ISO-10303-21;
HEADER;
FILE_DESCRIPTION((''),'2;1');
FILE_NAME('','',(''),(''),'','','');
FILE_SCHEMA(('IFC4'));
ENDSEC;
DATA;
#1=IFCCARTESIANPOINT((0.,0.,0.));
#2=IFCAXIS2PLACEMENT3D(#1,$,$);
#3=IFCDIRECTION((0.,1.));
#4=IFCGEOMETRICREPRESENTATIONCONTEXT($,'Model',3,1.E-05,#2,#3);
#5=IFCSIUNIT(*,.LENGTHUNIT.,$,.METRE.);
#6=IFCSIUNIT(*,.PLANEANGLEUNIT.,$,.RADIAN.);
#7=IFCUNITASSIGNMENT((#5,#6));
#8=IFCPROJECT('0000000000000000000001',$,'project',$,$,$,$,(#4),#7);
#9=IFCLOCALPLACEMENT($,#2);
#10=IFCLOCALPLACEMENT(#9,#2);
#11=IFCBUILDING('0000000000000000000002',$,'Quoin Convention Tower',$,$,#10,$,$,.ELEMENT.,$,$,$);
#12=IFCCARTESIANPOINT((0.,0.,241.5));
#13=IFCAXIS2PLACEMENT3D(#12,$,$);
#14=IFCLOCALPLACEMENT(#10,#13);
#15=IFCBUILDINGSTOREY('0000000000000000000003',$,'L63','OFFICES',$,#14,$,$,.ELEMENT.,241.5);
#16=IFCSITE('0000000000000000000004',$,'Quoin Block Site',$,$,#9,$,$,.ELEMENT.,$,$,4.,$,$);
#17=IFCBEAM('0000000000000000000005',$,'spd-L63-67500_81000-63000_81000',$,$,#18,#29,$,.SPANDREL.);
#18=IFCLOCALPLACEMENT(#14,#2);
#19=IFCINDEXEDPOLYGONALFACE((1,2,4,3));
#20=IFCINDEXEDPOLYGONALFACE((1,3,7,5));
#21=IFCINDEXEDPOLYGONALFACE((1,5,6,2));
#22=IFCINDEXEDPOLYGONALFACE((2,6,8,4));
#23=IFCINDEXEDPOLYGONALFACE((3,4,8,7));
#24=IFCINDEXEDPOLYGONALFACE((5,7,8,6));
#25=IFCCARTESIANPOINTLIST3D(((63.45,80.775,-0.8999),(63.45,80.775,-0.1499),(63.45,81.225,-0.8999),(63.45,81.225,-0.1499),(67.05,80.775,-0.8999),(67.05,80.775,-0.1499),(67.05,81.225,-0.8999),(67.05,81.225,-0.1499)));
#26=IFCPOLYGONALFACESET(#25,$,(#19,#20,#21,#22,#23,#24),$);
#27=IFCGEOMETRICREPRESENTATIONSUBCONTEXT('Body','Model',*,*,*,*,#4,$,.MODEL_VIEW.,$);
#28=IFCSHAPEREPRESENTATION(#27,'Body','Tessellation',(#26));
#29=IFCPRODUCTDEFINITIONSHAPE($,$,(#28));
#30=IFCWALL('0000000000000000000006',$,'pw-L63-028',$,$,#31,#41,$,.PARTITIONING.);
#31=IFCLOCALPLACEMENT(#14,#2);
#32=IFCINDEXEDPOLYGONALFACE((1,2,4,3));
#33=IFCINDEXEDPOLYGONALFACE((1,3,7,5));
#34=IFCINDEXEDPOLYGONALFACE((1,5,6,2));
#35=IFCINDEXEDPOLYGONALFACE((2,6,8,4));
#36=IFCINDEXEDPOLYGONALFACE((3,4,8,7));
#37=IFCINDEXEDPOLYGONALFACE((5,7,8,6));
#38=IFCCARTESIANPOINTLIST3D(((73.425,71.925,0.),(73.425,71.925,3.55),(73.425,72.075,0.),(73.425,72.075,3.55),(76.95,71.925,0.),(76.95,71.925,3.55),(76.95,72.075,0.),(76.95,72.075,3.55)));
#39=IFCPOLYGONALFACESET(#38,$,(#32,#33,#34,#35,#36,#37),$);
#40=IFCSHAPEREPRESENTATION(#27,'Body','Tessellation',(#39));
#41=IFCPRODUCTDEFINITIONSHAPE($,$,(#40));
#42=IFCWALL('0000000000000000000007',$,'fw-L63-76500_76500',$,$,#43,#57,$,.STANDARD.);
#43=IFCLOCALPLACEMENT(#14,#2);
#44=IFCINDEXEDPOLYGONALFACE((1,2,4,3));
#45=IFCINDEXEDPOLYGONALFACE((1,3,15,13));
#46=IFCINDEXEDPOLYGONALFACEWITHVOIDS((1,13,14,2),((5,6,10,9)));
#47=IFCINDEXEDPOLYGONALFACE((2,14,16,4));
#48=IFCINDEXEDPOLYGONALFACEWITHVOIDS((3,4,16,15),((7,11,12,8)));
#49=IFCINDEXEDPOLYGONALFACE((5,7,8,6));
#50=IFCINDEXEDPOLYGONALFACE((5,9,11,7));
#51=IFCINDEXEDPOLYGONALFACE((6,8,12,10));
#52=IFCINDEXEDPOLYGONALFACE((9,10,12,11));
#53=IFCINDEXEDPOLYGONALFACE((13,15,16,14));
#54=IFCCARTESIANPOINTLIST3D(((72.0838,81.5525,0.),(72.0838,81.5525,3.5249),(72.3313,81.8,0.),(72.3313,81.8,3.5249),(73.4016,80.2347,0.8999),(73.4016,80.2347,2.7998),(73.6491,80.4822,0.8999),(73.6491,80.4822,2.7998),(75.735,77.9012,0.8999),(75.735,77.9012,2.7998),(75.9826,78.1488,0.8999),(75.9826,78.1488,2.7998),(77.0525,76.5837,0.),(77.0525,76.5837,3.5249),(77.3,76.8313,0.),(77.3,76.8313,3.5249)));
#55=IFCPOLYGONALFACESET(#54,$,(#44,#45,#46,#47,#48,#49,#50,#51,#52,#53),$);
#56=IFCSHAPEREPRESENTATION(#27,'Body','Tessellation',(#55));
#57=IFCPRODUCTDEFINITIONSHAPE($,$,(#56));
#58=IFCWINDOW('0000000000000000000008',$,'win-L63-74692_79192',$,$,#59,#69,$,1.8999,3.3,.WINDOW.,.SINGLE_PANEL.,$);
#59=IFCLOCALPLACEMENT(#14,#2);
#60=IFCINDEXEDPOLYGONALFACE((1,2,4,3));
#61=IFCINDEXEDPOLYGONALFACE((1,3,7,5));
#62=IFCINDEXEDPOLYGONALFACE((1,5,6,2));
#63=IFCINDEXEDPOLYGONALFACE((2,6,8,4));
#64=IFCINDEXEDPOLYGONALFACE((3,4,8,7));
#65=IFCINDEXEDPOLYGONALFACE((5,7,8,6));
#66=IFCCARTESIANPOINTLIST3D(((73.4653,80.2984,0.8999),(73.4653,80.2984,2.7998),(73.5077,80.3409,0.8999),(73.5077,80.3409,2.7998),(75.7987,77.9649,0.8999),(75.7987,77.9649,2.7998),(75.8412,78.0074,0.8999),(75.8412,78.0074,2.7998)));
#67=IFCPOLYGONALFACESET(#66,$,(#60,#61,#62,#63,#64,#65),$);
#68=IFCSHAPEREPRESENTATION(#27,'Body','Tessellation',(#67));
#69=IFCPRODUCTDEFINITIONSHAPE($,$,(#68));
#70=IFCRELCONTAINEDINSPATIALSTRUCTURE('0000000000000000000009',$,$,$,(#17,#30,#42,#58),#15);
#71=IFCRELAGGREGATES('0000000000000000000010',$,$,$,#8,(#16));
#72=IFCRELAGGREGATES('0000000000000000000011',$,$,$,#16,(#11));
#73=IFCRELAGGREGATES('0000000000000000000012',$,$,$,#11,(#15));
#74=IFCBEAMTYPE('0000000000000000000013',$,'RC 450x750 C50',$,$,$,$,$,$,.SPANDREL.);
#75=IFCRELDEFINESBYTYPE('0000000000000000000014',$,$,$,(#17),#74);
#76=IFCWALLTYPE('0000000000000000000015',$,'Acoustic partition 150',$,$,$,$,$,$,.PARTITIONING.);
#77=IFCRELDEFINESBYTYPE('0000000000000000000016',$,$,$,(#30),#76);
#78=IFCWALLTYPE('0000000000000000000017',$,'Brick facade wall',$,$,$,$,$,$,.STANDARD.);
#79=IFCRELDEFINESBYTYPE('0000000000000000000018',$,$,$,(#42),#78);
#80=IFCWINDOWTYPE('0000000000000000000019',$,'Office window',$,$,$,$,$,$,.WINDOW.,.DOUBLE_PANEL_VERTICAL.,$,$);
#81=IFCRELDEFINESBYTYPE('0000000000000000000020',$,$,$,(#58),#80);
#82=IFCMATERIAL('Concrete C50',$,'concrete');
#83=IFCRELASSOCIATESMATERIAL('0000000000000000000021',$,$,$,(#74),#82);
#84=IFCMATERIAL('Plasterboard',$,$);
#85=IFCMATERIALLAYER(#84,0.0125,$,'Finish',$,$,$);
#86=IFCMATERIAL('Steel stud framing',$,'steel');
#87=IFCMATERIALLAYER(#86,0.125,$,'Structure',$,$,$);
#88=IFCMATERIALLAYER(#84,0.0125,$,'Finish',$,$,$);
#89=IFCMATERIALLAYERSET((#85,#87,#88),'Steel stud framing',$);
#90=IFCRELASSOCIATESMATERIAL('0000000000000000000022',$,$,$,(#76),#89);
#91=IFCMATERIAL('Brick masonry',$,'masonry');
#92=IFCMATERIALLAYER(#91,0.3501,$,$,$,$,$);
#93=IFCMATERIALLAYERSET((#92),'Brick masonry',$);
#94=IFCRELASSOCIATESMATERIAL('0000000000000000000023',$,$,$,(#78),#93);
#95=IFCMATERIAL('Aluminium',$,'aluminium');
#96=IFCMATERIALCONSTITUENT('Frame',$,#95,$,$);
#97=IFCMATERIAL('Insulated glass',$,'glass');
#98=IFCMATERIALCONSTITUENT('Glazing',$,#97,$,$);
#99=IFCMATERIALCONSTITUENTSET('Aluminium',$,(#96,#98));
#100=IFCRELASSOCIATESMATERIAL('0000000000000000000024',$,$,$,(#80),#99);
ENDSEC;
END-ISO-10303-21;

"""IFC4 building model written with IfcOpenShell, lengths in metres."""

from ifc_helpers import new_model, si_unit, direction, frame, frame_2d, origin, origin_2d, place, context, subcontext, project, spatial, rectangle, extrude, material, layer, layer_set, constituent, constituent_set, material_profile, profile_set, type_object, element, fill, save


model = new_model("IFC4")

# Units and contexts
model_context = context("Model", 3, precision=1e-05, world=origin(), true_north=direction((0.0, 1.0)))
body_context = subcontext(model_context, "Body", "Model", "MODEL_VIEW")
ifc_project = project(units=[si_unit("LENGTHUNIT", "METRE"), si_unit("PLANEANGLEUNIT", "RADIAN")], contexts=[model_context])

# Site, building, storey
site_placement = place(None, origin())
site = spatial("IfcSite", under=ifc_project, at=site_placement, Name="Quoin Block Site", CompositionType="ELEMENT", RefElevation=4.0)
building_placement = place(site_placement, origin())
building = spatial("IfcBuilding", under=site, at=building_placement, Name="Quoin Convention Tower", CompositionType="ELEMENT")
storey_placement = place(building_placement, frame((0.0, 0.0, 241.5)))
storey = spatial("IfcBuildingStorey", under=building, at=storey_placement, Name="L63", Description="OFFICES", CompositionType="ELEMENT", Elevation=241.5)

# Shared definitions
ifc_material_1 = material(Name="Concrete C50", Category="concrete")

# Beam
ifc_material_profile_1 = material_profile(ifc_material_1, rectangle(XDim=0.45, YDim=0.75, at=origin_2d()), Name="RC 450x750")
ifc_profile_set_1 = profile_set([ifc_material_profile_1], Name="Concrete C50")
beam_type_1 = type_object("IfcBeamType", Name="RC 450x750 C50", PredefinedType="SPANDREL", material=ifc_profile_set_1)
for number, where, z_axis, x_axis, name in (
    (1, (67.05, 81.0, -0.5249), (-1.0, 0.0, 0.0), (0.0, -1.0, 0.0), "spd-L63-67500_81000-63000_81000"),
):
    element("IfcBeam", number, at=place(storey_placement, frame(where, z_axis=z_axis, x_axis=x_axis)), inside=storey, type_object=beam_type_1, Name=name, PredefinedType="SPANDREL", context=body_context, shape_type="SweptSolid", body=[
        extrude(rectangle(XDim=0.45, YDim=0.75, at=origin_2d()), origin(), (0.0, 0.0, 1.0), 3.6001),
    ])

# Wall
ifc_material_2 = material(Name="Plasterboard")
ifc_layer_1 = layer(ifc_material_2, 0.0125, Name="Finish")
ifc_material_3 = material(Name="Steel stud framing", Category="steel")
ifc_layer_2 = layer(ifc_material_3, 0.125, Name="Structure")
ifc_layer_3 = layer(ifc_material_2, 0.0125, Name="Finish")
ifc_layer_set_1 = layer_set([ifc_layer_1, ifc_layer_2, ifc_layer_3], Name="Steel stud framing")
wall_type_1 = type_object("IfcWallType", Name="Acoustic partition 150", PredefinedType="PARTITIONING", material=ifc_layer_set_1)
wall_1_placement = place(storey_placement, frame((73.425, 72.0, 0.0), z_axis=(0.0, 0.0, 1.0), x_axis=(1.0, 0.0, 0.0)))
element("IfcWall", 2, at=wall_1_placement, inside=storey, type_object=wall_type_1, Name="pw-L63-028", PredefinedType="PARTITIONING", context=body_context, shape_type="SweptSolid", body=[
    extrude(rectangle(XDim=3.5249, YDim=0.1499, at=frame_2d((1.7625, 0.0))), origin(), (0.0, 0.0, 1.0), 3.55),
])

# Wall, opening, window
ifc_material_4 = material(Name="Brick masonry", Category="masonry")
ifc_layer_4 = layer(ifc_material_4, 0.3501)
ifc_layer_set_2 = layer_set([ifc_layer_4], Name="Brick masonry")
wall_type_2 = type_object("IfcWallType", Name="Brick facade wall", PredefinedType="STANDARD", material=ifc_layer_set_2)
wall_2_placement = place(storey_placement, frame((77.1763, 76.7075, 0.0), z_axis=(0.0, 0.0, 1.0), x_axis=(-0.707107, 0.707107, 0.0)))
wall_2 = element("IfcWall", 3, at=wall_2_placement, inside=storey, type_object=wall_type_2, Name="fw-L63-76500_76500", PredefinedType="STANDARD", context=body_context, shape_type="SweptSolid", body=[
    extrude(rectangle(XDim=7.0269, YDim=0.3501, at=frame_2d((3.5134, 0.0))), origin(), (0.0, 0.0, 1.0), 3.5249),
])
opening_1_placement = place(wall_2_placement, frame((1.8633, 0.0, 0.8999)))
opening_1 = element("IfcOpeningElement", 4, at=opening_1_placement, cuts=wall_2, PredefinedType="OPENING", context=body_context, shape_type="SweptSolid", body=[
    extrude(rectangle(XDim=3.3, YDim=1.8999, at=frame_2d((1.6499, 0.95))), frame((0.0, 0.1851, 0.0), z_axis=(0.0, -1.0, 0.0), x_axis=(1.0, 0.0, 0.0)), (0.0, 0.0, 1.0), 0.3701),
])
ifc_material_5 = material(Name="Aluminium", Category="aluminium")
ifc_constituent_1 = constituent(ifc_material_5, Name="Frame")
ifc_material_6 = material(Name="Insulated glass", Category="glass")
ifc_constituent_2 = constituent(ifc_material_6, Name="Glazing")
ifc_constituent_set = constituent_set(constituents=[ifc_constituent_1, ifc_constituent_2], Name="Aluminium")
window_type = type_object("IfcWindowType", Name="Office window", PartitioningType="DOUBLE_PANEL_VERTICAL", PredefinedType="WINDOW", material=ifc_constituent_set)
window_1_placement = place(opening_1_placement, origin())
window_1 = element("IfcWindow", 5, at=window_1_placement, inside=storey, type_object=window_type, Name="win-L63-74692_79192", OverallHeight=1.8999, OverallWidth=3.3, PartitioningType="SINGLE_PANEL", PredefinedType="WINDOW", context=body_context, shape_type="SweptSolid", body=[
    extrude(rectangle(XDim=3.3, YDim=1.8999, at=frame_2d((1.6499, 0.95))), frame((0.0, 0.085, 0.0), z_axis=(0.0, -1.0, 0.0), x_axis=(1.0, 0.0, 0.0)), (0.0, 0.0, 1.0), 0.0601),
])
fill(opening_1, window_1)

save(model, "model.ifc")
